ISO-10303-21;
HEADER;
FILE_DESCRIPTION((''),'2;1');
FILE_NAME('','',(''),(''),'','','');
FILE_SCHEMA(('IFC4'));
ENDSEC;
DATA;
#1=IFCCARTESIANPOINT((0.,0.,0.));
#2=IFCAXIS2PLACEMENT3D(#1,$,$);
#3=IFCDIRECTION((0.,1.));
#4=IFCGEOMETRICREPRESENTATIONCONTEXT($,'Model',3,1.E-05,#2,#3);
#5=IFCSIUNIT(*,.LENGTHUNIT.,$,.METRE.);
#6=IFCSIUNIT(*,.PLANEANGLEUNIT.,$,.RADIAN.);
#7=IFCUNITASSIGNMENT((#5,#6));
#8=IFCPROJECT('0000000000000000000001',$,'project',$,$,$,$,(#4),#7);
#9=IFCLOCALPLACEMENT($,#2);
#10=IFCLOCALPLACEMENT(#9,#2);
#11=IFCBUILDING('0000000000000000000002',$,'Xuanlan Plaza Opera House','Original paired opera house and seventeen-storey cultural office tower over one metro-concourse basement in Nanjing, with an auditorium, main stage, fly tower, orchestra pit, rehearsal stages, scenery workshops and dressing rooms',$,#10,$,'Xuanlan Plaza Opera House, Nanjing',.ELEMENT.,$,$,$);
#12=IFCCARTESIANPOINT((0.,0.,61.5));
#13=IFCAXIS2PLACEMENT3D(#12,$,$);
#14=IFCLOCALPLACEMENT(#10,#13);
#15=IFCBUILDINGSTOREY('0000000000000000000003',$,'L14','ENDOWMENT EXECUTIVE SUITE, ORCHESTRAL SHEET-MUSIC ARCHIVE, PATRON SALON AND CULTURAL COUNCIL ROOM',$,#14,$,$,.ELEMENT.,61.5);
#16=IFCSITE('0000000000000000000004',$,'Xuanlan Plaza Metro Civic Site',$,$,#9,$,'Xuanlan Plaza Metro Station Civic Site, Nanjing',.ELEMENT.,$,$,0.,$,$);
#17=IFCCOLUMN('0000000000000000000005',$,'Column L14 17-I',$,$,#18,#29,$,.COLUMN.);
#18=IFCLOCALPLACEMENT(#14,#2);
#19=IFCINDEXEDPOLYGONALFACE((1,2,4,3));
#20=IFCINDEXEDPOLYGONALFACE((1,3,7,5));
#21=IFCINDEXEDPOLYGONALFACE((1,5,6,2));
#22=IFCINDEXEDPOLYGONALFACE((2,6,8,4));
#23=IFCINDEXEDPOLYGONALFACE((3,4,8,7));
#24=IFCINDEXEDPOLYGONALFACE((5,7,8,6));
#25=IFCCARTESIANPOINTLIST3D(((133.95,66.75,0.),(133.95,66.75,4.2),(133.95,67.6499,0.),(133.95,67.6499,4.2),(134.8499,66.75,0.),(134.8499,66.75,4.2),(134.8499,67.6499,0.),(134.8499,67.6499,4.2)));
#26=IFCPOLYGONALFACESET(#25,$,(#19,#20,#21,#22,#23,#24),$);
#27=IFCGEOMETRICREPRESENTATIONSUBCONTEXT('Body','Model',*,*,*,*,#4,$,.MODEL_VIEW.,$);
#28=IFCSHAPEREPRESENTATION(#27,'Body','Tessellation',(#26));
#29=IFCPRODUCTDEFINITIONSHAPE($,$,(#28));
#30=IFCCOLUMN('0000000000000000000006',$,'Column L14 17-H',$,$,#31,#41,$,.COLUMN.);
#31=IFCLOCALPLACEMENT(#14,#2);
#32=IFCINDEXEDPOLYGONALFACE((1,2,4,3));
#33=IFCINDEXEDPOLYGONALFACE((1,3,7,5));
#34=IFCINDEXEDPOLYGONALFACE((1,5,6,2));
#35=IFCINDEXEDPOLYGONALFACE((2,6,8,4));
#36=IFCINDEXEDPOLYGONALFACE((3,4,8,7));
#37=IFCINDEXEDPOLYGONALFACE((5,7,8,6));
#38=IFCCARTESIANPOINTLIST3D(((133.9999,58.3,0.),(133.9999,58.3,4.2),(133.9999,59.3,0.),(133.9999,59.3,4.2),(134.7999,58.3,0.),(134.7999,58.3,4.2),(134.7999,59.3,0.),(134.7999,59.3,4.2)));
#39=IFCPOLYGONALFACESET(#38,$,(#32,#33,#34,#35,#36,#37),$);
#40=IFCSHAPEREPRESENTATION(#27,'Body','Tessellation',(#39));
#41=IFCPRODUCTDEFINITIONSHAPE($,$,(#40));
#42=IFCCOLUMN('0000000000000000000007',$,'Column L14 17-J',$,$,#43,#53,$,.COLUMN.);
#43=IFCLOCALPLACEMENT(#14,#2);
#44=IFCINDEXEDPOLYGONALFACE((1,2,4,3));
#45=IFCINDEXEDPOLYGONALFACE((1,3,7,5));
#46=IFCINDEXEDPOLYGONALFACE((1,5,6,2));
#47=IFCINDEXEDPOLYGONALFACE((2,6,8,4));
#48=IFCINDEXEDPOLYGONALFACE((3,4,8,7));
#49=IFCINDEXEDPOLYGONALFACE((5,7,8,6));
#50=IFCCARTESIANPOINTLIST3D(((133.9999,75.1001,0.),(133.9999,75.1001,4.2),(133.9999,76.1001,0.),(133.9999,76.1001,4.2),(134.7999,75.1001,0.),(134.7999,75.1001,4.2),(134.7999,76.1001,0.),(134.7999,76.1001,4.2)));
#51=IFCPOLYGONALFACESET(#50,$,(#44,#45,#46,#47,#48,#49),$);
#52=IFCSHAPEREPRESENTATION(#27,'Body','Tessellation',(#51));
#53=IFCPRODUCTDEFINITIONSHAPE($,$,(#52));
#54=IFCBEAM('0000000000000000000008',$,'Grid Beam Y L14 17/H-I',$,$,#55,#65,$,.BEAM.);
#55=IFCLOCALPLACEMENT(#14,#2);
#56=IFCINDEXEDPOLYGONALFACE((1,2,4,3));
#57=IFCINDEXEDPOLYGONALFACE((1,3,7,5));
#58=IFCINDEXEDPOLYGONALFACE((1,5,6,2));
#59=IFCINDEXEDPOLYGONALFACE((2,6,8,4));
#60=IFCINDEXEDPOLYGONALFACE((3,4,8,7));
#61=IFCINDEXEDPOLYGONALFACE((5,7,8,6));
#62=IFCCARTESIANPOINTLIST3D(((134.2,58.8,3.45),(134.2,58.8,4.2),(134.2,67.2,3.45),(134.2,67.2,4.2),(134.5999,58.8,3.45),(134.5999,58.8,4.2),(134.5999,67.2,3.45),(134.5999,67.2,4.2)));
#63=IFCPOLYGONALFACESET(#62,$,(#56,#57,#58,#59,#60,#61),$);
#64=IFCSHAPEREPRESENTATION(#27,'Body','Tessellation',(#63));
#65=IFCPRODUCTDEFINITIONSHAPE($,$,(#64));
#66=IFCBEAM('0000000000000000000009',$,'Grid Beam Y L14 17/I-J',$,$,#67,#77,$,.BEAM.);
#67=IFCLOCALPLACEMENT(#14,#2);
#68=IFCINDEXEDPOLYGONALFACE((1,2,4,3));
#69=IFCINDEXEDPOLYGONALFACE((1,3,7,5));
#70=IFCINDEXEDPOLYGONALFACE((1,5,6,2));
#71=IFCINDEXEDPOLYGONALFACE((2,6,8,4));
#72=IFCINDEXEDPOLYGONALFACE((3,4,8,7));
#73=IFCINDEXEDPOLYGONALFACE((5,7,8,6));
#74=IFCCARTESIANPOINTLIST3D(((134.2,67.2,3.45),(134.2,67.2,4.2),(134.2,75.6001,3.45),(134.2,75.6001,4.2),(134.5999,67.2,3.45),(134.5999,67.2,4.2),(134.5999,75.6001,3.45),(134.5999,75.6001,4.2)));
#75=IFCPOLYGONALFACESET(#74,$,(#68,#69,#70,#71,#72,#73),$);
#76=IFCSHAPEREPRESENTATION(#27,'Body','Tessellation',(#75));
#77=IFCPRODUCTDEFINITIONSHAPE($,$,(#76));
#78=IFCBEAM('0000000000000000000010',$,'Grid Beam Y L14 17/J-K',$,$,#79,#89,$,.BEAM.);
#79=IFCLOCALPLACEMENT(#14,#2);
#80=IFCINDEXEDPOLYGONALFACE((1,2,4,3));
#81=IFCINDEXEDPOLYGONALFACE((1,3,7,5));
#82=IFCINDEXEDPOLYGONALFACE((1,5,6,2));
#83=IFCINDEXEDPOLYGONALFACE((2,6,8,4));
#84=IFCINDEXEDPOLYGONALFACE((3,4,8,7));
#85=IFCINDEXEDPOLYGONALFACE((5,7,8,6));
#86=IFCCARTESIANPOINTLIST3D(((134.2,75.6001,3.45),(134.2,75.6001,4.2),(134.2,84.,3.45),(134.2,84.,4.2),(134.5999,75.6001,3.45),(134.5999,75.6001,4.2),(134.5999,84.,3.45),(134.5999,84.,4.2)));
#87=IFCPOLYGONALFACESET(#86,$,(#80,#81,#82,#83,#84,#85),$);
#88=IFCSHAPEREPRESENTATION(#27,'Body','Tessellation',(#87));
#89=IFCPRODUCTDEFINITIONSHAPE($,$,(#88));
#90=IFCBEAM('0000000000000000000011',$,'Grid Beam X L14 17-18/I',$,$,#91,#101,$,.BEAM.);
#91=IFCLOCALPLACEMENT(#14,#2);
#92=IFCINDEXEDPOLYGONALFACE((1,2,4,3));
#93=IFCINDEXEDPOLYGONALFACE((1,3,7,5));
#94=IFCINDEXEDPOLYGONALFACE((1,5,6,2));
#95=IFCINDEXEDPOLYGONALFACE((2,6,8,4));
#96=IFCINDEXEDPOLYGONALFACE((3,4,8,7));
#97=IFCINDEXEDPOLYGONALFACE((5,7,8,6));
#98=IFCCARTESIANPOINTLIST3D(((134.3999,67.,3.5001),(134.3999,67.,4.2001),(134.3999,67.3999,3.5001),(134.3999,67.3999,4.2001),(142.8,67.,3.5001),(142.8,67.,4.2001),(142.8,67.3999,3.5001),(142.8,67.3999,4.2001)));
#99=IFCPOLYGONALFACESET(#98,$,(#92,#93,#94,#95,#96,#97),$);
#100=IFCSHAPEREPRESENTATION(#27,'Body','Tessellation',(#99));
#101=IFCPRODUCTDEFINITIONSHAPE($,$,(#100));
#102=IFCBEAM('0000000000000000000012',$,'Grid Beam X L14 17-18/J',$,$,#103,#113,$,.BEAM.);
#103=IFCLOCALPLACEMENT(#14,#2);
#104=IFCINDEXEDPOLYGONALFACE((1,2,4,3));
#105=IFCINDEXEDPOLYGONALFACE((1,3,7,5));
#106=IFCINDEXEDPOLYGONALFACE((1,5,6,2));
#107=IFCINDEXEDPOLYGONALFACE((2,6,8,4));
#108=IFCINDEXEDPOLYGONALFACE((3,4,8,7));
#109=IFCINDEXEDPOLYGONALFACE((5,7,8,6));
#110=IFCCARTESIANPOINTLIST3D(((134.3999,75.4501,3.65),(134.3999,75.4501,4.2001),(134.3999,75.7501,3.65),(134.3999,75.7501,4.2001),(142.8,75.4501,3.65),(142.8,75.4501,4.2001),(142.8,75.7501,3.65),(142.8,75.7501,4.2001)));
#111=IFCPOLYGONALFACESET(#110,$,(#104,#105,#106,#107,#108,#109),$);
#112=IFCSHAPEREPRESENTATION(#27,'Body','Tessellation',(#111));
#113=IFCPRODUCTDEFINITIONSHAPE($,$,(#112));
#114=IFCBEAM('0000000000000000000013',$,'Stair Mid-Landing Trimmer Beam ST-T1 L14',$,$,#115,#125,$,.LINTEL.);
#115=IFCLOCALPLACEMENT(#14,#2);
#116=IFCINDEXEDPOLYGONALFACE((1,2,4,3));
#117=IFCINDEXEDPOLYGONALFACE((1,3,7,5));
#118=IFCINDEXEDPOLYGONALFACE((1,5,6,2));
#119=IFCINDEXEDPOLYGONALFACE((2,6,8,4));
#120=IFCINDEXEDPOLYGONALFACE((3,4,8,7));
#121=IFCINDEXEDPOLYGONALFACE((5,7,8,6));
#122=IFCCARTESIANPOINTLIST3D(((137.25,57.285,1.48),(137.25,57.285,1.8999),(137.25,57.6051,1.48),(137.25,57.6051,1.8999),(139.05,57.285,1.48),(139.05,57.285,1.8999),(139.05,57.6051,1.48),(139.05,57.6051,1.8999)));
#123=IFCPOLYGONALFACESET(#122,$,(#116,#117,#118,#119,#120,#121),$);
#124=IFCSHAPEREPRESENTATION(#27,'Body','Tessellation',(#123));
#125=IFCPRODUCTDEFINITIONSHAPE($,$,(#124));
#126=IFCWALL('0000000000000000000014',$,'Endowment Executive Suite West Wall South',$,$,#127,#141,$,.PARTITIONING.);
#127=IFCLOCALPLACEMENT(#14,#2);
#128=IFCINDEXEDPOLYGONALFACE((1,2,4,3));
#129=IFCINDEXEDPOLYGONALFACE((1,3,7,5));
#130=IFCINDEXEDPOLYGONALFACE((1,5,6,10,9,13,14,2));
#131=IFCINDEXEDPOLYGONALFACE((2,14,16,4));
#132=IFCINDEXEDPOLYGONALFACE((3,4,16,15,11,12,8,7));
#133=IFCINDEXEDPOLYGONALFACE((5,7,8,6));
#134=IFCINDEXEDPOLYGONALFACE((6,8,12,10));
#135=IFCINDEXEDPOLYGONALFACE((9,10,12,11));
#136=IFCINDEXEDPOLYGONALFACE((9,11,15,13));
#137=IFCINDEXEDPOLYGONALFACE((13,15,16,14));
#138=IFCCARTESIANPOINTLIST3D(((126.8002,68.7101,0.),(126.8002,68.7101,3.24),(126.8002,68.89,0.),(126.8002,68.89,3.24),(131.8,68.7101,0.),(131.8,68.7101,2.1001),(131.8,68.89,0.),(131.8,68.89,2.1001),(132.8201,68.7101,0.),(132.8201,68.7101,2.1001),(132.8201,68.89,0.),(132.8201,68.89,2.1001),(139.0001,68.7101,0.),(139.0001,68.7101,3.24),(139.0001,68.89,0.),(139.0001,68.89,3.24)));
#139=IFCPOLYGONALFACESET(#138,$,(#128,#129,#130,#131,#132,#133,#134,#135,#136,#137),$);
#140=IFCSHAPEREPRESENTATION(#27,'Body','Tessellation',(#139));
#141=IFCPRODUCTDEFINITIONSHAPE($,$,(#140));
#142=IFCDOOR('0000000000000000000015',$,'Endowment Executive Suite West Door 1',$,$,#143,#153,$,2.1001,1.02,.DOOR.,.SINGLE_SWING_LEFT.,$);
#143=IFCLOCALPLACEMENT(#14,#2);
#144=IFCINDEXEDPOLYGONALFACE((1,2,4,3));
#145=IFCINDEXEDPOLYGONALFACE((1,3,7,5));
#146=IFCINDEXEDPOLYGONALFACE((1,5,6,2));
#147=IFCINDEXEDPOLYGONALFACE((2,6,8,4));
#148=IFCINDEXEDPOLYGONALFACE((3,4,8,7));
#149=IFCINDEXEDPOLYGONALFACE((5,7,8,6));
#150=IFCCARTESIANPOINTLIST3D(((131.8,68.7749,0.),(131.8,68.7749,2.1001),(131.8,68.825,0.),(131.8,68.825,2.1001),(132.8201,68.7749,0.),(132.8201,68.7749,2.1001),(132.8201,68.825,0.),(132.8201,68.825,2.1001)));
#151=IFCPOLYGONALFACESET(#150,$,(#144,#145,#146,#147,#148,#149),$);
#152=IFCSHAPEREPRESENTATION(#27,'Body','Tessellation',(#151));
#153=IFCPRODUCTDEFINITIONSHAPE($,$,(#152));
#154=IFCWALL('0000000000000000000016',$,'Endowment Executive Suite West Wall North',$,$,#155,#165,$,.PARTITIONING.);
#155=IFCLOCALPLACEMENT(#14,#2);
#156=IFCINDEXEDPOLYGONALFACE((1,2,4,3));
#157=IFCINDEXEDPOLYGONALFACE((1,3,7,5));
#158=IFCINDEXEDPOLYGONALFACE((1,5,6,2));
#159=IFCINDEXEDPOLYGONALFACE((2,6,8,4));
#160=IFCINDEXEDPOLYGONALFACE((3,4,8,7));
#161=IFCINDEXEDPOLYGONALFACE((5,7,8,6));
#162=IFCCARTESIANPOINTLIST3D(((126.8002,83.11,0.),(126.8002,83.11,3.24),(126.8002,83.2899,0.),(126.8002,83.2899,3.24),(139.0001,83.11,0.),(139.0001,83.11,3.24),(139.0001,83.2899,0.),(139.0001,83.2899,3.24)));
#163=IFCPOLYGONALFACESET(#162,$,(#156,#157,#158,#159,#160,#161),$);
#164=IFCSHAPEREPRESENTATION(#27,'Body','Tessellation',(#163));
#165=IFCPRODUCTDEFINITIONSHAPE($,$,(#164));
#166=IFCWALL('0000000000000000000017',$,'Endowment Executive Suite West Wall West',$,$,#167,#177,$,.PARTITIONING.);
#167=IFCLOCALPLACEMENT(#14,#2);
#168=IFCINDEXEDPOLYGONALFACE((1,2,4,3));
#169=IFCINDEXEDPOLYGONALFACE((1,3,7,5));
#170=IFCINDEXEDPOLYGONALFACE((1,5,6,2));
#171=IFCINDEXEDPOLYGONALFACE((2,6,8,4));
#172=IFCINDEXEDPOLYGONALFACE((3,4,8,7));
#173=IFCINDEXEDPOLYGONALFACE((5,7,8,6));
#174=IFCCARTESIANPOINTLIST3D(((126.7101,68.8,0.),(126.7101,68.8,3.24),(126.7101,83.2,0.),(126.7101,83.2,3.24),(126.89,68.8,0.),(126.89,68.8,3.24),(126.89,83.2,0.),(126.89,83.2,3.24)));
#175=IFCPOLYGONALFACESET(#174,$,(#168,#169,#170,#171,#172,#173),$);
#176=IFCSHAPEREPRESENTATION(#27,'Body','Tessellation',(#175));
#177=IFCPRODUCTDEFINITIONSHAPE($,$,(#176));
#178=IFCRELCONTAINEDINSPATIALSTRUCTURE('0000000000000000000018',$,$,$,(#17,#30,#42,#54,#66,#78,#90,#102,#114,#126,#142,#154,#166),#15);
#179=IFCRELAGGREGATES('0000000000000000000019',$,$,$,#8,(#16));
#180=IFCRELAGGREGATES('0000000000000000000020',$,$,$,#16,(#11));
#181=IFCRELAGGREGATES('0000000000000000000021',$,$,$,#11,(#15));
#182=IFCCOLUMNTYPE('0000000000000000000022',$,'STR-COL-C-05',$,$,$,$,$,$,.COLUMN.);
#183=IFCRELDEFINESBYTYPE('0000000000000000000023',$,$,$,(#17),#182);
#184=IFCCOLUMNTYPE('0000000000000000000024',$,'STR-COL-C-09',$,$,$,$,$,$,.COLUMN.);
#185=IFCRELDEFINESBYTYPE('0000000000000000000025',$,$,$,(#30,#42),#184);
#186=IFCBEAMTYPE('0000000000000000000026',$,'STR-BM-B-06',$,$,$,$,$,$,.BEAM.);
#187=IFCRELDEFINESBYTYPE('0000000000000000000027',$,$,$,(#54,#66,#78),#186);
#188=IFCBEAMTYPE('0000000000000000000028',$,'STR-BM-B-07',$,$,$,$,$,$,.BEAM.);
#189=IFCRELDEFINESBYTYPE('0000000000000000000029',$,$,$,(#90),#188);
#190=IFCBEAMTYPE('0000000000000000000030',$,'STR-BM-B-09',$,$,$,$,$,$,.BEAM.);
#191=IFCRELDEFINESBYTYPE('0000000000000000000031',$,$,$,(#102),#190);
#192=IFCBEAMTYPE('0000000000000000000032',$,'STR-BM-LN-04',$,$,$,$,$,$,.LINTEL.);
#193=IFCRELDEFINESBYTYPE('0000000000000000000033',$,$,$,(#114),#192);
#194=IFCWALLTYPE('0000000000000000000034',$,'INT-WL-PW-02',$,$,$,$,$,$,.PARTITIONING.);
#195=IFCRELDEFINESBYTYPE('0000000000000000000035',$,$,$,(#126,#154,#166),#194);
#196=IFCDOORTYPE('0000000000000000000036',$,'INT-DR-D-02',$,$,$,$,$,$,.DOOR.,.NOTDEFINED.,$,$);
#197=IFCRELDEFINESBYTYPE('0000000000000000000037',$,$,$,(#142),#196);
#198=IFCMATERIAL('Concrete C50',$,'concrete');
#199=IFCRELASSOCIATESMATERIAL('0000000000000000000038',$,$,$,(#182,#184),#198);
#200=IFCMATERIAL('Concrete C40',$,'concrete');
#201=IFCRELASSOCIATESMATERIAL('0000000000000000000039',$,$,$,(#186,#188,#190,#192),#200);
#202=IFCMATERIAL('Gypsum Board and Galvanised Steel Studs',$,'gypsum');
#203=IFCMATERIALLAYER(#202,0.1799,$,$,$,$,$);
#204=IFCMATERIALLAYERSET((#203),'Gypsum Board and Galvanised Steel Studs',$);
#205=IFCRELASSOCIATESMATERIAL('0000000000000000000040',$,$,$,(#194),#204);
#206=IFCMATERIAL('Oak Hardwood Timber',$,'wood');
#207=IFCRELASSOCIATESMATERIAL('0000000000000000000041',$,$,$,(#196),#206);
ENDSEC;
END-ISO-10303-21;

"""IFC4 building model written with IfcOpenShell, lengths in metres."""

from ifc_helpers import new_model, si_unit, direction, frame, frame_2d, origin, origin_2d, place, context, subcontext, project, spatial, rectangle, extrude, material, layer, layer_set, material_profile, profile_set, type_object, element, fill, save


model = new_model("IFC4")

# Units and contexts
model_context = context("Model", 3, precision=1e-05, world=origin(), true_north=direction((0.0, 1.0)))
body_context = subcontext(model_context, "Body", "Model", "MODEL_VIEW")
ifc_project = project(units=[si_unit("LENGTHUNIT", "METRE"), si_unit("PLANEANGLEUNIT", "RADIAN")], contexts=[model_context])

# Site, building, storey
site_placement = place(None, origin())
site = spatial("IfcSite", under=ifc_project, at=site_placement, Name="Xuanlan Plaza Metro Civic Site", LongName="Xuanlan Plaza Metro Station Civic Site, Nanjing", CompositionType="ELEMENT", RefElevation=0.0)
building_placement = place(site_placement, origin())
building = spatial("IfcBuilding", under=site, at=building_placement, Name="Xuanlan Plaza Opera House", Description="Original paired opera house and seventeen-storey cultural office tower over one metro-concourse basement in Nanjing, with an auditorium, main stage, fly tower, orchestra pit, rehearsal stages, scenery workshops and dressing rooms", LongName="Xuanlan Plaza Opera House, Nanjing", CompositionType="ELEMENT")
storey_placement = place(building_placement, frame((0.0, 0.0, 61.5)))
storey = spatial("IfcBuildingStorey", under=building, at=storey_placement, Name="L14", Description="ENDOWMENT EXECUTIVE SUITE, ORCHESTRAL SHEET-MUSIC ARCHIVE, PATRON SALON AND CULTURAL COUNCIL ROOM", CompositionType="ELEMENT", Elevation=61.5)

# Columns
ifc_material_1 = material(Name="Concrete C50", Category="concrete")
ifc_material_profile_1 = material_profile(ifc_material_1, rectangle(XDim=0.8999, YDim=0.8999, at=origin_2d()), Name="RC-COL 900x900")
ifc_profile_set_1 = profile_set([ifc_material_profile_1], Name="Concrete C50")
column_type_1 = type_object("IfcColumnType", Name="STR-COL-C-05", PredefinedType="COLUMN", material=ifc_profile_set_1)
column_placement = place(storey_placement, frame((134.3999, 67.2, 0.0), z_axis=(0.0, 0.0, 1.0), x_axis=(1.0, 0.0, 0.0)))
element("IfcColumn", 1, at=column_placement, inside=storey, type_object=column_type_1, Name="Column L14 17-I", PredefinedType="COLUMN", context=body_context, shape_type="SweptSolid", body=[
    extrude(rectangle(XDim=0.8999, YDim=0.8999, at=origin_2d()), origin(), (0.0, 0.0, 1.0), 4.2),
])
ifc_material_profile_2 = material_profile(ifc_material_1, rectangle(XDim=0.8, YDim=1.0, at=origin_2d()), Name="RC-COL 800x1000")
ifc_profile_set_2 = profile_set([ifc_material_profile_2], Name="Concrete C50")
column_type_2 = type_object("IfcColumnType", Name="STR-COL-C-09", PredefinedType="COLUMN", material=ifc_profile_set_2)
for number, where, z_axis, x_axis, name in (
    (2, (134.3999, 58.8, 0.0), (0.0, 0.0, 1.0), (1.0, 0.0, 0.0), "Column L14 17-H"),
    (3, (134.3999, 75.6001, 0.0), (0.0, 0.0, 1.0), (1.0, 0.0, 0.0), "Column L14 17-J"),
):
    element("IfcColumn", number, at=place(storey_placement, frame(where, z_axis=z_axis, x_axis=x_axis)), inside=storey, type_object=column_type_2, Name=name, PredefinedType="COLUMN", context=body_context, shape_type="SweptSolid", body=[
        extrude(rectangle(XDim=0.8, YDim=1.0, at=origin_2d()), origin(), (0.0, 0.0, 1.0), 4.2),
    ])

# Beams
ifc_material_2 = material(Name="Concrete C40", Category="concrete")
ifc_material_profile_3 = material_profile(ifc_material_2, rectangle(XDim=0.3999, YDim=0.75, at=origin_2d()), Name="RC-BM 400x750")
ifc_profile_set_3 = profile_set([ifc_material_profile_3], Name="Concrete C40")
beam_type_1 = type_object("IfcBeamType", Name="STR-BM-B-06", PredefinedType="BEAM", material=ifc_profile_set_3)
beam_1_placement = place(storey_placement, frame((134.3999, 58.8, 3.825), z_axis=(0.0, 1.0, 0.0), x_axis=(-1.0, 0.0, 0.0)))
element("IfcBeam", 4, at=beam_1_placement, inside=storey, type_object=beam_type_1, Name="Grid Beam Y L14 17/H-I", PredefinedType="BEAM", context=body_context, shape_type="SweptSolid", body=[
    extrude(rectangle(XDim=0.3999, YDim=0.75, at=origin_2d()), origin(), (0.0, 0.0, 1.0), 8.3999),
])
beam_2_placement = place(storey_placement, frame((134.3999, 67.2, 3.825), z_axis=(0.0, 1.0, 0.0), x_axis=(-1.0, 0.0, 0.0)))
element("IfcBeam", 5, at=beam_2_placement, inside=storey, type_object=beam_type_1, Name="Grid Beam Y L14 17/I-J", PredefinedType="BEAM", context=body_context, shape_type="SweptSolid", body=[
    extrude(rectangle(XDim=0.3999, YDim=0.75, at=origin_2d()), origin(), (0.0, 0.0, 1.0), 8.4001),
])
beam_3_placement = place(storey_placement, frame((134.3999, 75.6001, 3.825), z_axis=(0.0, 1.0, 0.0), x_axis=(-1.0, 0.0, 0.0)))
element("IfcBeam", 6, at=beam_3_placement, inside=storey, type_object=beam_type_1, Name="Grid Beam Y L14 17/J-K", PredefinedType="BEAM", context=body_context, shape_type="SweptSolid", body=[
    extrude(rectangle(XDim=0.3999, YDim=0.75, at=origin_2d()), origin(), (0.0, 0.0, 1.0), 8.3999),
])
ifc_material_profile_4 = material_profile(ifc_material_2, rectangle(XDim=0.3999, YDim=0.7, at=origin_2d()), Name="RC-BM 400x700")
ifc_profile_set_4 = profile_set([ifc_material_profile_4], Name="Concrete C40")
beam_type_2 = type_object("IfcBeamType", Name="STR-BM-B-07", PredefinedType="BEAM", material=ifc_profile_set_4)
beam_4_placement = place(storey_placement, frame((134.3999, 67.2, 3.8501), z_axis=(1.0, 0.0, 0.0), x_axis=(0.0, 1.0, 0.0)))
element("IfcBeam", 7, at=beam_4_placement, inside=storey, type_object=beam_type_2, Name="Grid Beam X L14 17-18/I", PredefinedType="BEAM", context=body_context, shape_type="SweptSolid", body=[
    extrude(rectangle(XDim=0.3999, YDim=0.7, at=origin_2d()), origin(), (0.0, 0.0, 1.0), 8.4001),
])
ifc_material_profile_5 = material_profile(ifc_material_2, rectangle(XDim=0.3, YDim=0.55, at=origin_2d()), Name="RC-BM 300x550")
ifc_profile_set_5 = profile_set([ifc_material_profile_5], Name="Concrete C40")
beam_type_3 = type_object("IfcBeamType", Name="STR-BM-B-09", PredefinedType="BEAM", material=ifc_profile_set_5)
beam_5_placement = place(storey_placement, frame((134.3999, 75.6001, 3.925), z_axis=(1.0, 0.0, 0.0), x_axis=(0.0, 1.0, 0.0)))
element("IfcBeam", 8, at=beam_5_placement, inside=storey, type_object=beam_type_3, Name="Grid Beam X L14 17-18/J", PredefinedType="BEAM", context=body_context, shape_type="SweptSolid", body=[
    extrude(rectangle(XDim=0.3, YDim=0.55, at=origin_2d()), origin(), (0.0, 0.0, 1.0), 8.4001),
])
ifc_material_profile_6 = material_profile(ifc_material_2, rectangle(XDim=0.3201, YDim=0.4199, at=origin_2d()), Name="RC-LNT 320x420")
ifc_profile_set_6 = profile_set([ifc_material_profile_6], Name="Concrete C40")
beam_type_4 = type_object("IfcBeamType", Name="STR-BM-LN-04", PredefinedType="LINTEL", material=ifc_profile_set_6)
beam_6_placement = place(storey_placement, frame((137.25, 57.4451, 1.6899), z_axis=(1.0, 0.0, 0.0), x_axis=(0.0, 1.0, 0.0)))
element("IfcBeam", 9, at=beam_6_placement, inside=storey, type_object=beam_type_4, Name="Stair Mid-Landing Trimmer Beam ST-T1 L14", PredefinedType="LINTEL", context=body_context, shape_type="SweptSolid", body=[
    extrude(rectangle(XDim=0.3201, YDim=0.4199, at=origin_2d()), origin(), (0.0, 0.0, 1.0), 1.8),
])

# Wall, opening, door
ifc_material_3 = material(Name="Gypsum Board and Galvanised Steel Studs", Category="gypsum")
ifc_layer_1 = layer(ifc_material_3, 0.1799)
ifc_layer_set_1 = layer_set([ifc_layer_1], Name="Gypsum Board and Galvanised Steel Studs")
wall_type_1 = type_object("IfcWallType", Name="INT-WL-PW-02", PredefinedType="PARTITIONING", material=ifc_layer_set_1)
wall_1_placement = place(storey_placement, frame((126.8, 68.8, 0.0), z_axis=(0.0, 0.0, 1.0), x_axis=(1.0, 0.0, 0.0)))
wall_1 = element("IfcWall", 10, at=wall_1_placement, inside=storey, type_object=wall_type_1, Name="Endowment Executive Suite West Wall South", PredefinedType="PARTITIONING", context=body_context, shape_type="SweptSolid", body=[
    extrude(rectangle(XDim=12.2, YDim=0.1799, at=frame_2d((6.1001, 0.0))), origin(), (0.0, 0.0, 1.0), 3.24),
])
opening_1_placement = place(wall_1_placement, frame((5.0, 0.0, 0.0)))
opening_1 = element("IfcOpeningElement", 11, at=opening_1_placement, cuts=wall_1, PredefinedType="OPENING", context=body_context, shape_type="SweptSolid", body=[
    extrude(rectangle(XDim=1.02, YDim=2.1001, at=frame_2d((0.51, 1.05))), frame((0.0, 0.0999, 0.0), z_axis=(0.0, -1.0, 0.0), x_axis=(1.0, 0.0, 0.0)), (0.0, 0.0, 1.0), 0.2),
])
ifc_material_4 = material(Name="Oak Hardwood Timber", Category="wood")
door_type_1 = type_object("IfcDoorType", Name="INT-DR-D-02", OperationType="NOTDEFINED", PredefinedType="DOOR", material=ifc_material_4)
door_1_placement = place(opening_1_placement, origin())
door_1 = element("IfcDoor", 12, at=door_1_placement, inside=storey, type_object=door_type_1, Name="Endowment Executive Suite West Door 1", OperationType="SINGLE_SWING_LEFT", OverallHeight=2.1001, OverallWidth=1.02, PredefinedType="DOOR", context=body_context, shape_type="SweptSolid", body=[
    extrude(rectangle(XDim=1.02, YDim=2.1001, at=frame_2d((0.51, 1.05))), frame((0.0, 0.0249, 0.0), z_axis=(0.0, -1.0, 0.0), x_axis=(1.0, 0.0, 0.0)), (0.0, 0.0, 1.0), 0.05),
])
fill(opening_1, door_1)

# Walls
wall_2_placement = place(storey_placement, frame((126.8, 83.2, 0.0), z_axis=(0.0, 0.0, 1.0), x_axis=(1.0, 0.0, 0.0)))
element("IfcWall", 13, at=wall_2_placement, inside=storey, type_object=wall_type_1, Name="Endowment Executive Suite West Wall North", PredefinedType="PARTITIONING", context=body_context, shape_type="SweptSolid", body=[
    extrude(rectangle(XDim=12.2, YDim=0.1799, at=frame_2d((6.1001, 0.0))), origin(), (0.0, 0.0, 1.0), 3.24),
])
for number, where, z_axis, x_axis, name in (
    (14, (126.8, 68.8, 0.0), (0.0, 0.0, 1.0), (0.0, 1.0, 0.0), "Endowment Executive Suite West Wall West"),
):
    element("IfcWall", number, at=place(storey_placement, frame(where, z_axis=z_axis, x_axis=x_axis)), inside=storey, type_object=wall_type_1, Name=name, PredefinedType="PARTITIONING", context=body_context, shape_type="SweptSolid", body=[
        extrude(rectangle(XDim=14.3999, YDim=0.1799, at=frame_2d((7.2, 0.0))), origin(), (0.0, 0.0, 1.0), 3.24),
    ])

save(model, "model.ifc")
